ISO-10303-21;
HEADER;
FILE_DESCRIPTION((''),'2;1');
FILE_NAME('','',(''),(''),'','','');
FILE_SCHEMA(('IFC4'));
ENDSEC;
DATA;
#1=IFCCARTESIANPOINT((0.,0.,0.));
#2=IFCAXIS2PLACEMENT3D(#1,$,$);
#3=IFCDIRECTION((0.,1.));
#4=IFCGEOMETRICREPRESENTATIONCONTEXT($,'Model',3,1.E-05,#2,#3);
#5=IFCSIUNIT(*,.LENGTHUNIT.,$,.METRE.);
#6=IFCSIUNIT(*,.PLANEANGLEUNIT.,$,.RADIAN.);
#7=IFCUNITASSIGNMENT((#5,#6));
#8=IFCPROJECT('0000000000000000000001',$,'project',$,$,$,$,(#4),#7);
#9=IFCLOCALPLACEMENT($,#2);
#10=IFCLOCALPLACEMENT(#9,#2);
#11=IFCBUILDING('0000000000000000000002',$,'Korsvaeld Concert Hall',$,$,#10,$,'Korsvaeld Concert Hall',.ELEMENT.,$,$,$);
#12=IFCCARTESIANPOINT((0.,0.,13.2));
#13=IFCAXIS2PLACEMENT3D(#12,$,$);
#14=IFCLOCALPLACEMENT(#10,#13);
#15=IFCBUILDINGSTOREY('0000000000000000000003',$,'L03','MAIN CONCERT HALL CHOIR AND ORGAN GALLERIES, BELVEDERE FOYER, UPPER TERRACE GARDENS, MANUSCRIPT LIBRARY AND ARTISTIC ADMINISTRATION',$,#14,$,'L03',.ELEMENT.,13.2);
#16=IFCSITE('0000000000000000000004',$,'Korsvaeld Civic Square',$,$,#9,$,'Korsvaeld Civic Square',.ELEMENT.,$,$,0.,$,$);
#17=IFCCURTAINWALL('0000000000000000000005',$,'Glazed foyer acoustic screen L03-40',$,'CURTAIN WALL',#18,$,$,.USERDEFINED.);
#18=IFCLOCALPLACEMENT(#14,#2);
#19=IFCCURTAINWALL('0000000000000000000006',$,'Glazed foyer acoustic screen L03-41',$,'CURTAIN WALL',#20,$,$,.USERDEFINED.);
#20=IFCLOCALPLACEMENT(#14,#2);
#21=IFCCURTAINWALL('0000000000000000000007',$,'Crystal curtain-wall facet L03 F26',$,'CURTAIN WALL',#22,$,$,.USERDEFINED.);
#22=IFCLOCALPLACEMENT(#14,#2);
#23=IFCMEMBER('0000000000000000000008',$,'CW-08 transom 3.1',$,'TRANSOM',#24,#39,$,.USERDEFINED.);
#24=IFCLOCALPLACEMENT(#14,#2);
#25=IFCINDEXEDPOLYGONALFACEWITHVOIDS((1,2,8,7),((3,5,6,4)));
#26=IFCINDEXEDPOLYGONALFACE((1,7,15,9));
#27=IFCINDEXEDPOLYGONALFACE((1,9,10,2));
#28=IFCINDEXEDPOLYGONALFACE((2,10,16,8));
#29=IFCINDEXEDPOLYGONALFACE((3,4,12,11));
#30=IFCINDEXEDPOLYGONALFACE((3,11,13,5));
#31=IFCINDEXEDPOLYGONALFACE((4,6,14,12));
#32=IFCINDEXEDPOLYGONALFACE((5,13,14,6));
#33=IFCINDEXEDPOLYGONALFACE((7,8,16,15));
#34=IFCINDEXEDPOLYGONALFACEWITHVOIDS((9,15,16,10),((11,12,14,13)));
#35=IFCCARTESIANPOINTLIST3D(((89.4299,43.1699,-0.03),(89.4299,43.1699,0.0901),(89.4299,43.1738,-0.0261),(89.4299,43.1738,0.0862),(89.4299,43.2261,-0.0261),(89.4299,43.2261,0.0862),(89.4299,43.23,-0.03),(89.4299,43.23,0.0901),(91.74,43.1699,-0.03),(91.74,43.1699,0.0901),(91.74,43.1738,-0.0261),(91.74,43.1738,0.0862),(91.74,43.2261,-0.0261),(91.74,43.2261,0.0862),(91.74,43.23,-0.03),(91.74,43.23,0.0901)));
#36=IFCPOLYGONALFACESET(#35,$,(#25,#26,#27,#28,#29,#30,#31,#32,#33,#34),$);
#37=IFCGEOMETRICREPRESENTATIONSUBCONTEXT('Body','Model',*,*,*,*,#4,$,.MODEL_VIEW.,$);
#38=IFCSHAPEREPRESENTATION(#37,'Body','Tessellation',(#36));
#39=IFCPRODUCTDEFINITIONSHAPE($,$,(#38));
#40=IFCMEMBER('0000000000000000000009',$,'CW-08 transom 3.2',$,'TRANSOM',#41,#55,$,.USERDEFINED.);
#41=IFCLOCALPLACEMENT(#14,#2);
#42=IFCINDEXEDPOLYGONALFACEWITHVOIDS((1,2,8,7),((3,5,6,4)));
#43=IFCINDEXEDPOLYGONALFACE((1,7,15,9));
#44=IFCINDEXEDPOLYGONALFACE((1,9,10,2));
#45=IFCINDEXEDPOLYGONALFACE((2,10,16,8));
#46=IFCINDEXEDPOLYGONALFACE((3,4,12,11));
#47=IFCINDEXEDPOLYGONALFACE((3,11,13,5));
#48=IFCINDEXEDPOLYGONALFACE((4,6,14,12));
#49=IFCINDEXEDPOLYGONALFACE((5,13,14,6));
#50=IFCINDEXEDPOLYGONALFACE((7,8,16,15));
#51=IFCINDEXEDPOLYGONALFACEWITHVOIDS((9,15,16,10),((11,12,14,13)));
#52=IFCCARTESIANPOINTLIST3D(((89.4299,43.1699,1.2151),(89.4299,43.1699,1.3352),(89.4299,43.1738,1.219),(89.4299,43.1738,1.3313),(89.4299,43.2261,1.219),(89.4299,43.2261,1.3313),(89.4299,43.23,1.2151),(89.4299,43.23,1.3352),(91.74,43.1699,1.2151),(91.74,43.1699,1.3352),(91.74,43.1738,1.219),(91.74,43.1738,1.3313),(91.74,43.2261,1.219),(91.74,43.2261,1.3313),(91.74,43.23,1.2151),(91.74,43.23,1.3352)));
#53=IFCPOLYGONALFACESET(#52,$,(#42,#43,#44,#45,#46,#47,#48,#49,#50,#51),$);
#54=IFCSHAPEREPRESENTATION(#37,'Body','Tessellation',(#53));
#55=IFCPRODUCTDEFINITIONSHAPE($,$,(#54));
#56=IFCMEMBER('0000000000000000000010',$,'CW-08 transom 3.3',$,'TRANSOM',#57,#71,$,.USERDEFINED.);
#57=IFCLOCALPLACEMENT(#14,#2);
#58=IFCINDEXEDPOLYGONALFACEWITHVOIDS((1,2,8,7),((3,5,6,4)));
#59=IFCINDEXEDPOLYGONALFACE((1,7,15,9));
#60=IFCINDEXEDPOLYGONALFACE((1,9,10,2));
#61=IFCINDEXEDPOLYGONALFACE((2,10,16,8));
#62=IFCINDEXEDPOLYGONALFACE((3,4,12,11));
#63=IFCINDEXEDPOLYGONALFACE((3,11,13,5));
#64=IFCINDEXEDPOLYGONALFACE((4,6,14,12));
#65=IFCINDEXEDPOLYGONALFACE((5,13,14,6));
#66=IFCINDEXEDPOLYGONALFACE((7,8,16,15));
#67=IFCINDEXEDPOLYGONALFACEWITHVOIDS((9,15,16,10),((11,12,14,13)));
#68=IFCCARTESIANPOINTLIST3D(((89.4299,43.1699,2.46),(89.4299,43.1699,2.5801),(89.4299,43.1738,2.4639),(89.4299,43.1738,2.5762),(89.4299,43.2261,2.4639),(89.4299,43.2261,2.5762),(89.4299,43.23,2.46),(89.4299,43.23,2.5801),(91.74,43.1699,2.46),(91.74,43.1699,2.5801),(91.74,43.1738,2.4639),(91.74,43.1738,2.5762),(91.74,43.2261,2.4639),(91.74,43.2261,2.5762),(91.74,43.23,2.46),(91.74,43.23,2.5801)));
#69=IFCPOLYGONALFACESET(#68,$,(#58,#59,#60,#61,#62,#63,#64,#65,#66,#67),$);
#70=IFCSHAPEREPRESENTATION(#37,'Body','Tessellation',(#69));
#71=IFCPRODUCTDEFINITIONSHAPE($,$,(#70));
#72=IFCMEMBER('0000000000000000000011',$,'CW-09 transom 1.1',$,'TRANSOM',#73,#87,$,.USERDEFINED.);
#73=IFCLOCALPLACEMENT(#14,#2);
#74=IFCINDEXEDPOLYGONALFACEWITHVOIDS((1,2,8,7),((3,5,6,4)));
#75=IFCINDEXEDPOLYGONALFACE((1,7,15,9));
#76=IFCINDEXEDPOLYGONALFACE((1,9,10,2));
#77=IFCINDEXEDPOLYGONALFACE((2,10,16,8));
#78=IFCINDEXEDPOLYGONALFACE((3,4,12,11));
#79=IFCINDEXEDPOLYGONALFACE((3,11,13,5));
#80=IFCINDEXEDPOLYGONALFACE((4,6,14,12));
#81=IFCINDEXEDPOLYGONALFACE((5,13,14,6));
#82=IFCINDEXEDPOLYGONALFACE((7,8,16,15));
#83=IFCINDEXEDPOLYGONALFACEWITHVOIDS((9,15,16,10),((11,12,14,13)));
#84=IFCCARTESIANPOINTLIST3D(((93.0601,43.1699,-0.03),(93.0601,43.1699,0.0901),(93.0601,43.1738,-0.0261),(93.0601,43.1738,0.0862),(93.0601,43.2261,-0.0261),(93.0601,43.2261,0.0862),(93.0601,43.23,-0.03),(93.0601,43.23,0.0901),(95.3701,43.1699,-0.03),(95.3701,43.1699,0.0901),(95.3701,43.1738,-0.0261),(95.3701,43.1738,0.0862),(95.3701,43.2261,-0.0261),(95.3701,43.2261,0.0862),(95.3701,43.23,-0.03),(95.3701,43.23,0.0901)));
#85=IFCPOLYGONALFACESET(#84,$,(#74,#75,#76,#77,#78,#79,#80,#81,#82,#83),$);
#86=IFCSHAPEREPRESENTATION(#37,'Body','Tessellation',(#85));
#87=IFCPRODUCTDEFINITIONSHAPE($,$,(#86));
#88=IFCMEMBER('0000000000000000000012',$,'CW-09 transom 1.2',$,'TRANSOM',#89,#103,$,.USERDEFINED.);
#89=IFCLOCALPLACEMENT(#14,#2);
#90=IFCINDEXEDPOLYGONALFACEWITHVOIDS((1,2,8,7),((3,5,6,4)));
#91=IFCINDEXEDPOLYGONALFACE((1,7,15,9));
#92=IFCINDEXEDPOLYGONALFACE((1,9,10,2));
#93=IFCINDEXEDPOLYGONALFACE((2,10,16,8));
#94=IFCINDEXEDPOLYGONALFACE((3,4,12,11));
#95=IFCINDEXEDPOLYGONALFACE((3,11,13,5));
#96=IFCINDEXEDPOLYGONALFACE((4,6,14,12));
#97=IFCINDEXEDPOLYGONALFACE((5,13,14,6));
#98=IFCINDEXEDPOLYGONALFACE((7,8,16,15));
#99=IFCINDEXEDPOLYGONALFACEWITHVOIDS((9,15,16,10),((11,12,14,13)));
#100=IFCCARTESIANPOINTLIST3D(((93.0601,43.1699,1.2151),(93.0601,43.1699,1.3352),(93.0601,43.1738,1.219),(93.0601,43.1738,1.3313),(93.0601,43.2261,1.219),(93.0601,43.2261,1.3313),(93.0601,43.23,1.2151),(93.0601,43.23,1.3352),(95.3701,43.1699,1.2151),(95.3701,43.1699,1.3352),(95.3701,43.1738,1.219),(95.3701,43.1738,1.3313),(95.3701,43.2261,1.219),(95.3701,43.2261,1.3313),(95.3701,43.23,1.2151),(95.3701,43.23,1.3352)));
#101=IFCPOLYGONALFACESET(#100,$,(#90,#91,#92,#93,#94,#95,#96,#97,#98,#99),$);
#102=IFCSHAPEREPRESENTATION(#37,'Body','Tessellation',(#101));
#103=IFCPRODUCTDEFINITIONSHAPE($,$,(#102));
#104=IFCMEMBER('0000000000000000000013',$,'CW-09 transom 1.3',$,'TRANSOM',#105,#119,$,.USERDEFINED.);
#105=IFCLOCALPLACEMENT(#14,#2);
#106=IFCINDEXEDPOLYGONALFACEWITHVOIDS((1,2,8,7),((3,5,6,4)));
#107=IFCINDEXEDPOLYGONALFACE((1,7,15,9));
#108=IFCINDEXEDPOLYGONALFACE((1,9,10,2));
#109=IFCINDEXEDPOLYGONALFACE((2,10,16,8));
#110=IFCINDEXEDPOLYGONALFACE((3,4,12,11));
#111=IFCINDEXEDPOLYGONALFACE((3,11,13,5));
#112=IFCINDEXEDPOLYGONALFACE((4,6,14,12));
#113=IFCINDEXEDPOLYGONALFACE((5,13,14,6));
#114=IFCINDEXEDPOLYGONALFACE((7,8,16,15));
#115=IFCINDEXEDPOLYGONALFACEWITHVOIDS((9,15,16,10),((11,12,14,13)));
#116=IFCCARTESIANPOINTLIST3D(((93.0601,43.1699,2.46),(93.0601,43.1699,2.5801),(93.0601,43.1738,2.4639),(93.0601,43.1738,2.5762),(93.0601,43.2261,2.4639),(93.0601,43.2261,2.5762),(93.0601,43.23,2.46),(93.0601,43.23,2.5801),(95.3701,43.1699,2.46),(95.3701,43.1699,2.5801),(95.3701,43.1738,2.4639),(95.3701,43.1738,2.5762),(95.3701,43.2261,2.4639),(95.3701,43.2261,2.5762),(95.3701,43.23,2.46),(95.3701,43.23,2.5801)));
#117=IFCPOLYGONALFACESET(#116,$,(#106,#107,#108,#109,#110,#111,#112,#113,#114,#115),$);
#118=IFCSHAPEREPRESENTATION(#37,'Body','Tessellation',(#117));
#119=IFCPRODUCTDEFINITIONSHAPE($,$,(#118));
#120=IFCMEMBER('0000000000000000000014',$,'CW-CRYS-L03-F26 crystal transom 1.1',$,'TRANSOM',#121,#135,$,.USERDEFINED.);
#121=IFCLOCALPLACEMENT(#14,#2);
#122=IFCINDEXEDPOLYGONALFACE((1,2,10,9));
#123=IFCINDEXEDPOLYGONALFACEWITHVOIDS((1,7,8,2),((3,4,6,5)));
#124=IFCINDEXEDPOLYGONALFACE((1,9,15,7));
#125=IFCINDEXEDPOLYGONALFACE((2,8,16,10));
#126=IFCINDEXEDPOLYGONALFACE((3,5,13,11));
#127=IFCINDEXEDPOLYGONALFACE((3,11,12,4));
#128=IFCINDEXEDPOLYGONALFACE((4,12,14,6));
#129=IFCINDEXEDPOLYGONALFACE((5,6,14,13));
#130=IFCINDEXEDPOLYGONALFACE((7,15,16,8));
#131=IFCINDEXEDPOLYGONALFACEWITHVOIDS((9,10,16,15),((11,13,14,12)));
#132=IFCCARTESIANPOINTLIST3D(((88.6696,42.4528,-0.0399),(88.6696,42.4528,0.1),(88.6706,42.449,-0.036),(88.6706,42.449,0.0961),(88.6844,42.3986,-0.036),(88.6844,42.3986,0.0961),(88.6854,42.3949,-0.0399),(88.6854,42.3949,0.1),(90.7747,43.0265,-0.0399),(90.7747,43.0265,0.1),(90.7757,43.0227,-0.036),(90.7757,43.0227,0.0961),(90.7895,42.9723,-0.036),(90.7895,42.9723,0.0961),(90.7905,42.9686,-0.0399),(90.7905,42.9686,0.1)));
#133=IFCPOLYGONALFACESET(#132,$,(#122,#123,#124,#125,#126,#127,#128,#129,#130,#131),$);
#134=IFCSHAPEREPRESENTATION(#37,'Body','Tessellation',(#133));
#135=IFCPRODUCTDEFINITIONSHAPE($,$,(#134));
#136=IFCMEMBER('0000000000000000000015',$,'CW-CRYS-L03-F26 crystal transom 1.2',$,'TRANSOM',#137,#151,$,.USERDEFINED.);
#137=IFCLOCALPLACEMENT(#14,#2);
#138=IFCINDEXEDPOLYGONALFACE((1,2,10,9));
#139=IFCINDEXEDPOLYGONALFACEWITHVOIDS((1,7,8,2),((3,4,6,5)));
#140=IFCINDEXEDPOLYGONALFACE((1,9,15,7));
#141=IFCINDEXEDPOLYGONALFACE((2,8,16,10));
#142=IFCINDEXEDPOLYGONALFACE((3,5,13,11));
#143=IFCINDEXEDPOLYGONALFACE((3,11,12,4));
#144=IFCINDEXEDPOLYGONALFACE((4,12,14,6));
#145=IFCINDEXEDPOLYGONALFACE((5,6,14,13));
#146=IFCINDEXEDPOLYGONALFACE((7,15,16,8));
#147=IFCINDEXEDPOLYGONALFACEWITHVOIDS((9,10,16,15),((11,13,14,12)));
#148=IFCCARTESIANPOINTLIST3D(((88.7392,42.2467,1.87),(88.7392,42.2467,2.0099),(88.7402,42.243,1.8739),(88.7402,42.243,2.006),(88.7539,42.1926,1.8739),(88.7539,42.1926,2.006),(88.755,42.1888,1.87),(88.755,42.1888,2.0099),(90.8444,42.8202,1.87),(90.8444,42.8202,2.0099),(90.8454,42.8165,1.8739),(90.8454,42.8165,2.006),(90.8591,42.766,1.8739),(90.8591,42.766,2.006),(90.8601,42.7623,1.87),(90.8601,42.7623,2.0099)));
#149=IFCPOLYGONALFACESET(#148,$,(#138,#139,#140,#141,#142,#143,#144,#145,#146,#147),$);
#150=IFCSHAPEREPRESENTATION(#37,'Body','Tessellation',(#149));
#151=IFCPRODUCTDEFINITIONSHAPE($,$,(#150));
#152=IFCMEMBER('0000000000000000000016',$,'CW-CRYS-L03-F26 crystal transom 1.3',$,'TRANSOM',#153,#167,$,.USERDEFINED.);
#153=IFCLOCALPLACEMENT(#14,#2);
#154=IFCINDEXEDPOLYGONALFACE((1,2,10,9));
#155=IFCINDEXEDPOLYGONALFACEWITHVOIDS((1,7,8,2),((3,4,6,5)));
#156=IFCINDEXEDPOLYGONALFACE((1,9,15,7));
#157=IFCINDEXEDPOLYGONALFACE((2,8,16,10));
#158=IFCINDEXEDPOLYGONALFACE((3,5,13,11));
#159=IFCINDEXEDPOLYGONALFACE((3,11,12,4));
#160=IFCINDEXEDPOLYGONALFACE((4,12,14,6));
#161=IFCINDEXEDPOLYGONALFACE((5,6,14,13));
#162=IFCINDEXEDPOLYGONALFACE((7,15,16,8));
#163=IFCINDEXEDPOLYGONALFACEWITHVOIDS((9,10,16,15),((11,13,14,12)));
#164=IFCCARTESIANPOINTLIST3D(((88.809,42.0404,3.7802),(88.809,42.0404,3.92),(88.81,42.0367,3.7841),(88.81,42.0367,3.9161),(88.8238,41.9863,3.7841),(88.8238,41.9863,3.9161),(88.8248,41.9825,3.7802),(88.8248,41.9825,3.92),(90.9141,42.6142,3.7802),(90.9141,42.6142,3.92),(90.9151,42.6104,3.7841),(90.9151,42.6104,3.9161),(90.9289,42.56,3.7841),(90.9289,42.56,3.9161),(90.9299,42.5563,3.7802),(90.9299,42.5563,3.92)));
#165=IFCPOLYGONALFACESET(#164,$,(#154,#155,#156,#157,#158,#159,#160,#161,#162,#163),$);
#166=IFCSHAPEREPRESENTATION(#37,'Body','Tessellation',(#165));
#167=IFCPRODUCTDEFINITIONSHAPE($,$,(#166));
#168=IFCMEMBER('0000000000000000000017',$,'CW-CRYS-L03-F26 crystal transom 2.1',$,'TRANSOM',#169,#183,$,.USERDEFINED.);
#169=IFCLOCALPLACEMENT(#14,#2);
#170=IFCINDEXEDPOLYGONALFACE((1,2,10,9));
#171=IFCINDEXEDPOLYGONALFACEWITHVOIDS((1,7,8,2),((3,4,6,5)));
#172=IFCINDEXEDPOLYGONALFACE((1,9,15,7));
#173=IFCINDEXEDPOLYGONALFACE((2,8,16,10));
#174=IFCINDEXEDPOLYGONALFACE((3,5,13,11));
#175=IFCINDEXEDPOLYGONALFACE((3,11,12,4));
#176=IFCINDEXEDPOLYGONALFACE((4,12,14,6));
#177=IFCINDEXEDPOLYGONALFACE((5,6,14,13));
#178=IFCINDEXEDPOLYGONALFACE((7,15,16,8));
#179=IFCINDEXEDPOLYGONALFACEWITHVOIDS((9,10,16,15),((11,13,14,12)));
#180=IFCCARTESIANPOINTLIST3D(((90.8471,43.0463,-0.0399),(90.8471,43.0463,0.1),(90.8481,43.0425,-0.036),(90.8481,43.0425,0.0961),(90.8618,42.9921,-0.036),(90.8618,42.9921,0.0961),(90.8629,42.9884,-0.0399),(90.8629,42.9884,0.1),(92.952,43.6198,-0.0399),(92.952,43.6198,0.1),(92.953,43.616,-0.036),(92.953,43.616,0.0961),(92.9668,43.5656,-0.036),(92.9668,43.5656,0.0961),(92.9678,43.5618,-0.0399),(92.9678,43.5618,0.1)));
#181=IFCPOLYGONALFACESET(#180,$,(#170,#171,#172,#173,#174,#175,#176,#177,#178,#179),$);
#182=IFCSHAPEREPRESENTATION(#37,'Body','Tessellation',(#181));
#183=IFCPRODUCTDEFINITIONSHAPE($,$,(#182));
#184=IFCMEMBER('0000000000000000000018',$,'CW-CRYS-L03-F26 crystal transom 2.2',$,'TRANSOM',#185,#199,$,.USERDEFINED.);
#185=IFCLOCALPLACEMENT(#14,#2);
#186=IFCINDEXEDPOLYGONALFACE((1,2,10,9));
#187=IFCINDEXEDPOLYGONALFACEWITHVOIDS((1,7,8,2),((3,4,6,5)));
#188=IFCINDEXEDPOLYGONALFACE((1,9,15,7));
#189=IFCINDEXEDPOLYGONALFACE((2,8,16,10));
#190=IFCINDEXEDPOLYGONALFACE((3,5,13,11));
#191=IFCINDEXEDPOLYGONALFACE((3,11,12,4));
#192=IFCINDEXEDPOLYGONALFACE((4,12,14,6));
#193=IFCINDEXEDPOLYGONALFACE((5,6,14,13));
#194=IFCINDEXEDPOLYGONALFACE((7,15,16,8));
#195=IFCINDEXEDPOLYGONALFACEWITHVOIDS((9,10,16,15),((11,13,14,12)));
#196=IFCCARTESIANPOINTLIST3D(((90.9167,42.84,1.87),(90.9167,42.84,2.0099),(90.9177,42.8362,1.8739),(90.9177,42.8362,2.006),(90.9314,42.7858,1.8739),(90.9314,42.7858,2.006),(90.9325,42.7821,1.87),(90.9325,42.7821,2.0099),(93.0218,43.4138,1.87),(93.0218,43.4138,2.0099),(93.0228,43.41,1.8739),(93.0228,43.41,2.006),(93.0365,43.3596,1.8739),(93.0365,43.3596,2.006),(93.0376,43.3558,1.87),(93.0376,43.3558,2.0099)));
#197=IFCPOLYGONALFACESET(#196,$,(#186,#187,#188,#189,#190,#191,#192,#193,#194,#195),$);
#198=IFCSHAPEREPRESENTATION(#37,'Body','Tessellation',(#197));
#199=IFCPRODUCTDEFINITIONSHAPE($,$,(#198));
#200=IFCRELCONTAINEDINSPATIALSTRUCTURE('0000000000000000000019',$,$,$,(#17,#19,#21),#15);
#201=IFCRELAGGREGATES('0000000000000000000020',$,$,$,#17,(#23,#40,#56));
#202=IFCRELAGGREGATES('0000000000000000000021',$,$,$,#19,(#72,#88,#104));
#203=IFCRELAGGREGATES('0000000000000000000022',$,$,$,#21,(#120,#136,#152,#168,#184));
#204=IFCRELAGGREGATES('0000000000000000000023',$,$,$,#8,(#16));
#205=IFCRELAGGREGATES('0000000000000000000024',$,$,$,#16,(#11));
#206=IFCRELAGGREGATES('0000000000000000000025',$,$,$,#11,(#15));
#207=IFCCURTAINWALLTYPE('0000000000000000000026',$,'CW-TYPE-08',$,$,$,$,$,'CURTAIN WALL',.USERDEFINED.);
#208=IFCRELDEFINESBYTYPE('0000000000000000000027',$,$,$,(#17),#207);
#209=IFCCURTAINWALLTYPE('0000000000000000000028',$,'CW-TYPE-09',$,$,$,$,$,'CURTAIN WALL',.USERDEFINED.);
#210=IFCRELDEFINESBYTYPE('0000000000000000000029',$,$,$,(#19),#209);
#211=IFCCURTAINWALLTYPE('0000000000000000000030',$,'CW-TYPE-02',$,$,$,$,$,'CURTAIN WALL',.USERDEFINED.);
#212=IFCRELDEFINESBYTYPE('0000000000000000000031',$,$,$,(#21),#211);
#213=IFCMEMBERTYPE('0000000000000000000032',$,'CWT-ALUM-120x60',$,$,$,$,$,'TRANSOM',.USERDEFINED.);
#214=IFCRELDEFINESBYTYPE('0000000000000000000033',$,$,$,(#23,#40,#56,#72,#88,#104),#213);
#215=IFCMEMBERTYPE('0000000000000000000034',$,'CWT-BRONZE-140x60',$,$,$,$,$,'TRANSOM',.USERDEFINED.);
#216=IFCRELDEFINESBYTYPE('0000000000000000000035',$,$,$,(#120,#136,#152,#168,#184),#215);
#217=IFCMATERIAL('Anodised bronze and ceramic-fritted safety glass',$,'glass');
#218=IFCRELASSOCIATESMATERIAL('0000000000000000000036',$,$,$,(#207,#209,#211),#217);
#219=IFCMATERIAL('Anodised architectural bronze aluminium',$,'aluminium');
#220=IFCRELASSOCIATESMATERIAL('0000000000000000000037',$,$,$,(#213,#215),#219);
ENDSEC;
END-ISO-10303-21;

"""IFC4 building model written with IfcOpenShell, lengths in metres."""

from ifc_helpers import new_model, si_unit, direction, frame, origin, origin_2d, place, context, subcontext, project, spatial, hollow_rectangle, extrude, material, material_profile, profile_set, type_object, element, aggregate, save


model = new_model("IFC4")

# Units and contexts
model_context = context("Model", 3, precision=1e-05, world=origin(), true_north=direction((0.0, 1.0)))
body_context = subcontext(model_context, "Body", "Model", "MODEL_VIEW")
ifc_project = project(units=[si_unit("LENGTHUNIT", "METRE"), si_unit("PLANEANGLEUNIT", "RADIAN")], contexts=[model_context])

# Site, building, storey
site_placement = place(None, origin())
site = spatial("IfcSite", under=ifc_project, at=site_placement, Name="Korsvaeld Civic Square", LongName="Korsvaeld Civic Square", CompositionType="ELEMENT", RefElevation=0.0)
building_placement = place(site_placement, origin())
building = spatial("IfcBuilding", under=site, at=building_placement, Name="Korsvaeld Concert Hall", LongName="Korsvaeld Concert Hall", CompositionType="ELEMENT")
storey_placement = place(building_placement, frame((0.0, 0.0, 13.2)))
storey = spatial("IfcBuildingStorey", under=building, at=storey_placement, Name="L03", Description="MAIN CONCERT HALL CHOIR AND ORGAN GALLERIES, BELVEDERE FOYER, UPPER TERRACE GARDENS, MANUSCRIPT LIBRARY AND ARTISTIC ADMINISTRATION", LongName="L03", CompositionType="ELEMENT", Elevation=13.2)

# Curtain wall
ifc_material_1 = material(Name="Anodised bronze and ceramic-fritted safety glass", Category="glass")
curtain_wall_type_1 = type_object("IfcCurtainWallType", Name="CW-TYPE-08", ElementType="CURTAIN WALL", PredefinedType="USERDEFINED", material=ifc_material_1)
curtain_wall_1_placement = place(storey_placement, origin())
curtain_wall_1 = element("IfcCurtainWall", 1, at=curtain_wall_1_placement, inside=storey, type_object=curtain_wall_type_1, Name="Glazed foyer acoustic screen L03-40", ObjectType="CURTAIN WALL", PredefinedType="USERDEFINED")
ifc_material_2 = material(Name="Anodised architectural bronze aluminium", Category="aluminium")

# Curtain wall
curtain_wall_type_2 = type_object("IfcCurtainWallType", Name="CW-TYPE-09", ElementType="CURTAIN WALL", PredefinedType="USERDEFINED", material=ifc_material_1)
curtain_wall_2_placement = place(storey_placement, origin())
curtain_wall_2 = element("IfcCurtainWall", 2, at=curtain_wall_2_placement, inside=storey, type_object=curtain_wall_type_2, Name="Glazed foyer acoustic screen L03-41", ObjectType="CURTAIN WALL", PredefinedType="USERDEFINED")

# Curtain wall
curtain_wall_type_3 = type_object("IfcCurtainWallType", Name="CW-TYPE-02", ElementType="CURTAIN WALL", PredefinedType="USERDEFINED", material=ifc_material_1)
curtain_wall_3_placement = place(storey_placement, origin())
curtain_wall_3 = element("IfcCurtainWall", 3, at=curtain_wall_3_placement, inside=storey, type_object=curtain_wall_type_3, Name="Crystal curtain-wall facet L03 F26", ObjectType="CURTAIN WALL", PredefinedType="USERDEFINED")

# Members
ifc_material_profile_1 = material_profile(ifc_material_2, hollow_rectangle(XDim=0.0601, YDim=0.1201, WallThickness=0.0039, at=origin_2d()), Name="CWT 120x60x4")
ifc_profile_set_1 = profile_set([ifc_material_profile_1], Name="Anodised architectural bronze aluminium")
member_type_1 = type_object("IfcMemberType", Name="CWT-ALUM-120x60", ElementType="TRANSOM", PredefinedType="USERDEFINED", material=ifc_profile_set_1)
member_1_placement = place(storey_placement, frame((89.4299, 43.2, 0.03), z_axis=(1.0, 0.0, 0.0), x_axis=(0.0, 1.0, 0.0)))
member_1 = element("IfcMember", 4, at=member_1_placement, type_object=member_type_1, Name="CW-08 transom 3.1", ObjectType="TRANSOM", PredefinedType="USERDEFINED", context=body_context, shape_type="SweptSolid", body=[
    extrude(hollow_rectangle(XDim=0.0601, YDim=0.1201, WallThickness=0.0039, at=origin_2d()), origin(), (0.0, 0.0, 1.0), 2.3101),
])
member_2_placement = place(storey_placement, frame((89.4299, 43.2, 1.2751), z_axis=(1.0, 0.0, 0.0), x_axis=(0.0, 1.0, 0.0)))
member_2 = element("IfcMember", 5, at=member_2_placement, type_object=member_type_1, Name="CW-08 transom 3.2", ObjectType="TRANSOM", PredefinedType="USERDEFINED", context=body_context, shape_type="SweptSolid", body=[
    extrude(hollow_rectangle(XDim=0.0601, YDim=0.1201, WallThickness=0.0039, at=origin_2d()), origin(), (0.0, 0.0, 1.0), 2.3101),
])
member_3_placement = place(storey_placement, frame((89.4299, 43.2, 2.52), z_axis=(1.0, 0.0, 0.0), x_axis=(0.0, 1.0, 0.0)))
member_3 = element("IfcMember", 6, at=member_3_placement, type_object=member_type_1, Name="CW-08 transom 3.3", ObjectType="TRANSOM", PredefinedType="USERDEFINED", context=body_context, shape_type="SweptSolid", body=[
    extrude(hollow_rectangle(XDim=0.0601, YDim=0.1201, WallThickness=0.0039, at=origin_2d()), origin(), (0.0, 0.0, 1.0), 2.3101),
])
member_4_placement = place(storey_placement, frame((93.0601, 43.2, 0.03), z_axis=(1.0, 0.0, 0.0), x_axis=(0.0, 1.0, 0.0)))
member_4 = element("IfcMember", 7, at=member_4_placement, type_object=member_type_1, Name="CW-09 transom 1.1", ObjectType="TRANSOM", PredefinedType="USERDEFINED", context=body_context, shape_type="SweptSolid", body=[
    extrude(hollow_rectangle(XDim=0.0601, YDim=0.1201, WallThickness=0.0039, at=origin_2d()), origin(), (0.0, 0.0, 1.0), 2.3101),
])
member_5_placement = place(storey_placement, frame((93.0601, 43.2, 1.2751), z_axis=(1.0, 0.0, 0.0), x_axis=(0.0, 1.0, 0.0)))
member_5 = element("IfcMember", 8, at=member_5_placement, type_object=member_type_1, Name="CW-09 transom 1.2", ObjectType="TRANSOM", PredefinedType="USERDEFINED", context=body_context, shape_type="SweptSolid", body=[
    extrude(hollow_rectangle(XDim=0.0601, YDim=0.1201, WallThickness=0.0039, at=origin_2d()), origin(), (0.0, 0.0, 1.0), 2.3101),
])
member_6_placement = place(storey_placement, frame((93.0601, 43.2, 2.52), z_axis=(1.0, 0.0, 0.0), x_axis=(0.0, 1.0, 0.0)))
member_6 = element("IfcMember", 9, at=member_6_placement, type_object=member_type_1, Name="CW-09 transom 1.3", ObjectType="TRANSOM", PredefinedType="USERDEFINED", context=body_context, shape_type="SweptSolid", body=[
    extrude(hollow_rectangle(XDim=0.0601, YDim=0.1201, WallThickness=0.0039, at=origin_2d()), origin(), (0.0, 0.0, 1.0), 2.3101),
])
ifc_material_profile_2 = material_profile(ifc_material_2, hollow_rectangle(XDim=0.0601, YDim=0.1399, WallThickness=0.0039, at=origin_2d()), Name="CWT 140x60x4")
ifc_profile_set_2 = profile_set([ifc_material_profile_2], Name="Anodised architectural bronze aluminium")
member_type_2 = type_object("IfcMemberType", Name="CWT-BRONZE-140x60", ElementType="TRANSOM", PredefinedType="USERDEFINED", material=ifc_profile_set_2)
member_7_placement = place(storey_placement, frame((88.6775, 42.4238, 0.03), z_axis=(0.964813, 0.262938, 0.0), x_axis=(-0.262938, 0.964813, 0.0)))
member_7 = element("IfcMember", 10, at=member_7_placement, type_object=member_type_2, Name="CW-CRYS-L03-F26 crystal transom 1.1", ObjectType="TRANSOM", PredefinedType="USERDEFINED", context=body_context, shape_type="SweptSolid", body=[
    extrude(hollow_rectangle(XDim=0.0601, YDim=0.1399, WallThickness=0.0039, at=origin_2d()), origin(), (0.0, 0.0, 1.0), 2.1819),
])
member_8_placement = place(storey_placement, frame((88.7471, 42.2178, 1.9399), z_axis=(0.964841, 0.262833, 0.0), x_axis=(-0.262833, 0.964841, 0.0)))
member_8 = element("IfcMember", 11, at=member_8_placement, type_object=member_type_2, Name="CW-CRYS-L03-F26 crystal transom 1.2", ObjectType="TRANSOM", PredefinedType="USERDEFINED", context=body_context, shape_type="SweptSolid", body=[
    extrude(hollow_rectangle(XDim=0.0601, YDim=0.1399, WallThickness=0.0039, at=origin_2d()), origin(), (0.0, 0.0, 1.0), 2.1819),
])
member_9_placement = place(storey_placement, frame((88.8169, 42.0115, 3.8501), z_axis=(0.964805, 0.262966, 0.0), x_axis=(-0.262966, 0.964805, 0.0)))
member_9 = element("IfcMember", 12, at=member_9_placement, type_object=member_type_2, Name="CW-CRYS-L03-F26 crystal transom 1.3", ObjectType="TRANSOM", PredefinedType="USERDEFINED", context=body_context, shape_type="SweptSolid", body=[
    extrude(hollow_rectangle(XDim=0.0601, YDim=0.1399, WallThickness=0.0039, at=origin_2d()), origin(), (0.0, 0.0, 1.0), 2.1819),
])
member_10_placement = place(storey_placement, frame((90.855, 43.0173, 0.03), z_axis=(0.964834, 0.262862, 0.0), x_axis=(-0.262862, 0.964834, 0.0)))
member_10 = element("IfcMember", 13, at=member_10_placement, type_object=member_type_2, Name="CW-CRYS-L03-F26 crystal transom 2.1", ObjectType="TRANSOM", PredefinedType="USERDEFINED", context=body_context, shape_type="SweptSolid", body=[
    extrude(hollow_rectangle(XDim=0.0601, YDim=0.1399, WallThickness=0.0039, at=origin_2d()), origin(), (0.0, 0.0, 1.0), 2.1816),
])
member_11_placement = place(storey_placement, frame((90.9246, 42.811, 1.9399), z_axis=(0.964805, 0.262966, 0.0), x_axis=(-0.262966, 0.964805, 0.0)))
member_11 = element("IfcMember", 14, at=member_11_placement, type_object=member_type_2, Name="CW-CRYS-L03-F26 crystal transom 2.2", ObjectType="TRANSOM", PredefinedType="USERDEFINED", context=body_context, shape_type="SweptSolid", body=[
    extrude(hollow_rectangle(XDim=0.0601, YDim=0.1399, WallThickness=0.0039, at=origin_2d()), origin(), (0.0, 0.0, 1.0), 2.1819),
])

aggregate(curtain_wall_1, [member_1, member_2, member_3])
aggregate(curtain_wall_2, [member_4, member_5, member_6])
aggregate(curtain_wall_3, [member_7, member_8, member_9, member_10, member_11])

save(model, "model.ifc")
